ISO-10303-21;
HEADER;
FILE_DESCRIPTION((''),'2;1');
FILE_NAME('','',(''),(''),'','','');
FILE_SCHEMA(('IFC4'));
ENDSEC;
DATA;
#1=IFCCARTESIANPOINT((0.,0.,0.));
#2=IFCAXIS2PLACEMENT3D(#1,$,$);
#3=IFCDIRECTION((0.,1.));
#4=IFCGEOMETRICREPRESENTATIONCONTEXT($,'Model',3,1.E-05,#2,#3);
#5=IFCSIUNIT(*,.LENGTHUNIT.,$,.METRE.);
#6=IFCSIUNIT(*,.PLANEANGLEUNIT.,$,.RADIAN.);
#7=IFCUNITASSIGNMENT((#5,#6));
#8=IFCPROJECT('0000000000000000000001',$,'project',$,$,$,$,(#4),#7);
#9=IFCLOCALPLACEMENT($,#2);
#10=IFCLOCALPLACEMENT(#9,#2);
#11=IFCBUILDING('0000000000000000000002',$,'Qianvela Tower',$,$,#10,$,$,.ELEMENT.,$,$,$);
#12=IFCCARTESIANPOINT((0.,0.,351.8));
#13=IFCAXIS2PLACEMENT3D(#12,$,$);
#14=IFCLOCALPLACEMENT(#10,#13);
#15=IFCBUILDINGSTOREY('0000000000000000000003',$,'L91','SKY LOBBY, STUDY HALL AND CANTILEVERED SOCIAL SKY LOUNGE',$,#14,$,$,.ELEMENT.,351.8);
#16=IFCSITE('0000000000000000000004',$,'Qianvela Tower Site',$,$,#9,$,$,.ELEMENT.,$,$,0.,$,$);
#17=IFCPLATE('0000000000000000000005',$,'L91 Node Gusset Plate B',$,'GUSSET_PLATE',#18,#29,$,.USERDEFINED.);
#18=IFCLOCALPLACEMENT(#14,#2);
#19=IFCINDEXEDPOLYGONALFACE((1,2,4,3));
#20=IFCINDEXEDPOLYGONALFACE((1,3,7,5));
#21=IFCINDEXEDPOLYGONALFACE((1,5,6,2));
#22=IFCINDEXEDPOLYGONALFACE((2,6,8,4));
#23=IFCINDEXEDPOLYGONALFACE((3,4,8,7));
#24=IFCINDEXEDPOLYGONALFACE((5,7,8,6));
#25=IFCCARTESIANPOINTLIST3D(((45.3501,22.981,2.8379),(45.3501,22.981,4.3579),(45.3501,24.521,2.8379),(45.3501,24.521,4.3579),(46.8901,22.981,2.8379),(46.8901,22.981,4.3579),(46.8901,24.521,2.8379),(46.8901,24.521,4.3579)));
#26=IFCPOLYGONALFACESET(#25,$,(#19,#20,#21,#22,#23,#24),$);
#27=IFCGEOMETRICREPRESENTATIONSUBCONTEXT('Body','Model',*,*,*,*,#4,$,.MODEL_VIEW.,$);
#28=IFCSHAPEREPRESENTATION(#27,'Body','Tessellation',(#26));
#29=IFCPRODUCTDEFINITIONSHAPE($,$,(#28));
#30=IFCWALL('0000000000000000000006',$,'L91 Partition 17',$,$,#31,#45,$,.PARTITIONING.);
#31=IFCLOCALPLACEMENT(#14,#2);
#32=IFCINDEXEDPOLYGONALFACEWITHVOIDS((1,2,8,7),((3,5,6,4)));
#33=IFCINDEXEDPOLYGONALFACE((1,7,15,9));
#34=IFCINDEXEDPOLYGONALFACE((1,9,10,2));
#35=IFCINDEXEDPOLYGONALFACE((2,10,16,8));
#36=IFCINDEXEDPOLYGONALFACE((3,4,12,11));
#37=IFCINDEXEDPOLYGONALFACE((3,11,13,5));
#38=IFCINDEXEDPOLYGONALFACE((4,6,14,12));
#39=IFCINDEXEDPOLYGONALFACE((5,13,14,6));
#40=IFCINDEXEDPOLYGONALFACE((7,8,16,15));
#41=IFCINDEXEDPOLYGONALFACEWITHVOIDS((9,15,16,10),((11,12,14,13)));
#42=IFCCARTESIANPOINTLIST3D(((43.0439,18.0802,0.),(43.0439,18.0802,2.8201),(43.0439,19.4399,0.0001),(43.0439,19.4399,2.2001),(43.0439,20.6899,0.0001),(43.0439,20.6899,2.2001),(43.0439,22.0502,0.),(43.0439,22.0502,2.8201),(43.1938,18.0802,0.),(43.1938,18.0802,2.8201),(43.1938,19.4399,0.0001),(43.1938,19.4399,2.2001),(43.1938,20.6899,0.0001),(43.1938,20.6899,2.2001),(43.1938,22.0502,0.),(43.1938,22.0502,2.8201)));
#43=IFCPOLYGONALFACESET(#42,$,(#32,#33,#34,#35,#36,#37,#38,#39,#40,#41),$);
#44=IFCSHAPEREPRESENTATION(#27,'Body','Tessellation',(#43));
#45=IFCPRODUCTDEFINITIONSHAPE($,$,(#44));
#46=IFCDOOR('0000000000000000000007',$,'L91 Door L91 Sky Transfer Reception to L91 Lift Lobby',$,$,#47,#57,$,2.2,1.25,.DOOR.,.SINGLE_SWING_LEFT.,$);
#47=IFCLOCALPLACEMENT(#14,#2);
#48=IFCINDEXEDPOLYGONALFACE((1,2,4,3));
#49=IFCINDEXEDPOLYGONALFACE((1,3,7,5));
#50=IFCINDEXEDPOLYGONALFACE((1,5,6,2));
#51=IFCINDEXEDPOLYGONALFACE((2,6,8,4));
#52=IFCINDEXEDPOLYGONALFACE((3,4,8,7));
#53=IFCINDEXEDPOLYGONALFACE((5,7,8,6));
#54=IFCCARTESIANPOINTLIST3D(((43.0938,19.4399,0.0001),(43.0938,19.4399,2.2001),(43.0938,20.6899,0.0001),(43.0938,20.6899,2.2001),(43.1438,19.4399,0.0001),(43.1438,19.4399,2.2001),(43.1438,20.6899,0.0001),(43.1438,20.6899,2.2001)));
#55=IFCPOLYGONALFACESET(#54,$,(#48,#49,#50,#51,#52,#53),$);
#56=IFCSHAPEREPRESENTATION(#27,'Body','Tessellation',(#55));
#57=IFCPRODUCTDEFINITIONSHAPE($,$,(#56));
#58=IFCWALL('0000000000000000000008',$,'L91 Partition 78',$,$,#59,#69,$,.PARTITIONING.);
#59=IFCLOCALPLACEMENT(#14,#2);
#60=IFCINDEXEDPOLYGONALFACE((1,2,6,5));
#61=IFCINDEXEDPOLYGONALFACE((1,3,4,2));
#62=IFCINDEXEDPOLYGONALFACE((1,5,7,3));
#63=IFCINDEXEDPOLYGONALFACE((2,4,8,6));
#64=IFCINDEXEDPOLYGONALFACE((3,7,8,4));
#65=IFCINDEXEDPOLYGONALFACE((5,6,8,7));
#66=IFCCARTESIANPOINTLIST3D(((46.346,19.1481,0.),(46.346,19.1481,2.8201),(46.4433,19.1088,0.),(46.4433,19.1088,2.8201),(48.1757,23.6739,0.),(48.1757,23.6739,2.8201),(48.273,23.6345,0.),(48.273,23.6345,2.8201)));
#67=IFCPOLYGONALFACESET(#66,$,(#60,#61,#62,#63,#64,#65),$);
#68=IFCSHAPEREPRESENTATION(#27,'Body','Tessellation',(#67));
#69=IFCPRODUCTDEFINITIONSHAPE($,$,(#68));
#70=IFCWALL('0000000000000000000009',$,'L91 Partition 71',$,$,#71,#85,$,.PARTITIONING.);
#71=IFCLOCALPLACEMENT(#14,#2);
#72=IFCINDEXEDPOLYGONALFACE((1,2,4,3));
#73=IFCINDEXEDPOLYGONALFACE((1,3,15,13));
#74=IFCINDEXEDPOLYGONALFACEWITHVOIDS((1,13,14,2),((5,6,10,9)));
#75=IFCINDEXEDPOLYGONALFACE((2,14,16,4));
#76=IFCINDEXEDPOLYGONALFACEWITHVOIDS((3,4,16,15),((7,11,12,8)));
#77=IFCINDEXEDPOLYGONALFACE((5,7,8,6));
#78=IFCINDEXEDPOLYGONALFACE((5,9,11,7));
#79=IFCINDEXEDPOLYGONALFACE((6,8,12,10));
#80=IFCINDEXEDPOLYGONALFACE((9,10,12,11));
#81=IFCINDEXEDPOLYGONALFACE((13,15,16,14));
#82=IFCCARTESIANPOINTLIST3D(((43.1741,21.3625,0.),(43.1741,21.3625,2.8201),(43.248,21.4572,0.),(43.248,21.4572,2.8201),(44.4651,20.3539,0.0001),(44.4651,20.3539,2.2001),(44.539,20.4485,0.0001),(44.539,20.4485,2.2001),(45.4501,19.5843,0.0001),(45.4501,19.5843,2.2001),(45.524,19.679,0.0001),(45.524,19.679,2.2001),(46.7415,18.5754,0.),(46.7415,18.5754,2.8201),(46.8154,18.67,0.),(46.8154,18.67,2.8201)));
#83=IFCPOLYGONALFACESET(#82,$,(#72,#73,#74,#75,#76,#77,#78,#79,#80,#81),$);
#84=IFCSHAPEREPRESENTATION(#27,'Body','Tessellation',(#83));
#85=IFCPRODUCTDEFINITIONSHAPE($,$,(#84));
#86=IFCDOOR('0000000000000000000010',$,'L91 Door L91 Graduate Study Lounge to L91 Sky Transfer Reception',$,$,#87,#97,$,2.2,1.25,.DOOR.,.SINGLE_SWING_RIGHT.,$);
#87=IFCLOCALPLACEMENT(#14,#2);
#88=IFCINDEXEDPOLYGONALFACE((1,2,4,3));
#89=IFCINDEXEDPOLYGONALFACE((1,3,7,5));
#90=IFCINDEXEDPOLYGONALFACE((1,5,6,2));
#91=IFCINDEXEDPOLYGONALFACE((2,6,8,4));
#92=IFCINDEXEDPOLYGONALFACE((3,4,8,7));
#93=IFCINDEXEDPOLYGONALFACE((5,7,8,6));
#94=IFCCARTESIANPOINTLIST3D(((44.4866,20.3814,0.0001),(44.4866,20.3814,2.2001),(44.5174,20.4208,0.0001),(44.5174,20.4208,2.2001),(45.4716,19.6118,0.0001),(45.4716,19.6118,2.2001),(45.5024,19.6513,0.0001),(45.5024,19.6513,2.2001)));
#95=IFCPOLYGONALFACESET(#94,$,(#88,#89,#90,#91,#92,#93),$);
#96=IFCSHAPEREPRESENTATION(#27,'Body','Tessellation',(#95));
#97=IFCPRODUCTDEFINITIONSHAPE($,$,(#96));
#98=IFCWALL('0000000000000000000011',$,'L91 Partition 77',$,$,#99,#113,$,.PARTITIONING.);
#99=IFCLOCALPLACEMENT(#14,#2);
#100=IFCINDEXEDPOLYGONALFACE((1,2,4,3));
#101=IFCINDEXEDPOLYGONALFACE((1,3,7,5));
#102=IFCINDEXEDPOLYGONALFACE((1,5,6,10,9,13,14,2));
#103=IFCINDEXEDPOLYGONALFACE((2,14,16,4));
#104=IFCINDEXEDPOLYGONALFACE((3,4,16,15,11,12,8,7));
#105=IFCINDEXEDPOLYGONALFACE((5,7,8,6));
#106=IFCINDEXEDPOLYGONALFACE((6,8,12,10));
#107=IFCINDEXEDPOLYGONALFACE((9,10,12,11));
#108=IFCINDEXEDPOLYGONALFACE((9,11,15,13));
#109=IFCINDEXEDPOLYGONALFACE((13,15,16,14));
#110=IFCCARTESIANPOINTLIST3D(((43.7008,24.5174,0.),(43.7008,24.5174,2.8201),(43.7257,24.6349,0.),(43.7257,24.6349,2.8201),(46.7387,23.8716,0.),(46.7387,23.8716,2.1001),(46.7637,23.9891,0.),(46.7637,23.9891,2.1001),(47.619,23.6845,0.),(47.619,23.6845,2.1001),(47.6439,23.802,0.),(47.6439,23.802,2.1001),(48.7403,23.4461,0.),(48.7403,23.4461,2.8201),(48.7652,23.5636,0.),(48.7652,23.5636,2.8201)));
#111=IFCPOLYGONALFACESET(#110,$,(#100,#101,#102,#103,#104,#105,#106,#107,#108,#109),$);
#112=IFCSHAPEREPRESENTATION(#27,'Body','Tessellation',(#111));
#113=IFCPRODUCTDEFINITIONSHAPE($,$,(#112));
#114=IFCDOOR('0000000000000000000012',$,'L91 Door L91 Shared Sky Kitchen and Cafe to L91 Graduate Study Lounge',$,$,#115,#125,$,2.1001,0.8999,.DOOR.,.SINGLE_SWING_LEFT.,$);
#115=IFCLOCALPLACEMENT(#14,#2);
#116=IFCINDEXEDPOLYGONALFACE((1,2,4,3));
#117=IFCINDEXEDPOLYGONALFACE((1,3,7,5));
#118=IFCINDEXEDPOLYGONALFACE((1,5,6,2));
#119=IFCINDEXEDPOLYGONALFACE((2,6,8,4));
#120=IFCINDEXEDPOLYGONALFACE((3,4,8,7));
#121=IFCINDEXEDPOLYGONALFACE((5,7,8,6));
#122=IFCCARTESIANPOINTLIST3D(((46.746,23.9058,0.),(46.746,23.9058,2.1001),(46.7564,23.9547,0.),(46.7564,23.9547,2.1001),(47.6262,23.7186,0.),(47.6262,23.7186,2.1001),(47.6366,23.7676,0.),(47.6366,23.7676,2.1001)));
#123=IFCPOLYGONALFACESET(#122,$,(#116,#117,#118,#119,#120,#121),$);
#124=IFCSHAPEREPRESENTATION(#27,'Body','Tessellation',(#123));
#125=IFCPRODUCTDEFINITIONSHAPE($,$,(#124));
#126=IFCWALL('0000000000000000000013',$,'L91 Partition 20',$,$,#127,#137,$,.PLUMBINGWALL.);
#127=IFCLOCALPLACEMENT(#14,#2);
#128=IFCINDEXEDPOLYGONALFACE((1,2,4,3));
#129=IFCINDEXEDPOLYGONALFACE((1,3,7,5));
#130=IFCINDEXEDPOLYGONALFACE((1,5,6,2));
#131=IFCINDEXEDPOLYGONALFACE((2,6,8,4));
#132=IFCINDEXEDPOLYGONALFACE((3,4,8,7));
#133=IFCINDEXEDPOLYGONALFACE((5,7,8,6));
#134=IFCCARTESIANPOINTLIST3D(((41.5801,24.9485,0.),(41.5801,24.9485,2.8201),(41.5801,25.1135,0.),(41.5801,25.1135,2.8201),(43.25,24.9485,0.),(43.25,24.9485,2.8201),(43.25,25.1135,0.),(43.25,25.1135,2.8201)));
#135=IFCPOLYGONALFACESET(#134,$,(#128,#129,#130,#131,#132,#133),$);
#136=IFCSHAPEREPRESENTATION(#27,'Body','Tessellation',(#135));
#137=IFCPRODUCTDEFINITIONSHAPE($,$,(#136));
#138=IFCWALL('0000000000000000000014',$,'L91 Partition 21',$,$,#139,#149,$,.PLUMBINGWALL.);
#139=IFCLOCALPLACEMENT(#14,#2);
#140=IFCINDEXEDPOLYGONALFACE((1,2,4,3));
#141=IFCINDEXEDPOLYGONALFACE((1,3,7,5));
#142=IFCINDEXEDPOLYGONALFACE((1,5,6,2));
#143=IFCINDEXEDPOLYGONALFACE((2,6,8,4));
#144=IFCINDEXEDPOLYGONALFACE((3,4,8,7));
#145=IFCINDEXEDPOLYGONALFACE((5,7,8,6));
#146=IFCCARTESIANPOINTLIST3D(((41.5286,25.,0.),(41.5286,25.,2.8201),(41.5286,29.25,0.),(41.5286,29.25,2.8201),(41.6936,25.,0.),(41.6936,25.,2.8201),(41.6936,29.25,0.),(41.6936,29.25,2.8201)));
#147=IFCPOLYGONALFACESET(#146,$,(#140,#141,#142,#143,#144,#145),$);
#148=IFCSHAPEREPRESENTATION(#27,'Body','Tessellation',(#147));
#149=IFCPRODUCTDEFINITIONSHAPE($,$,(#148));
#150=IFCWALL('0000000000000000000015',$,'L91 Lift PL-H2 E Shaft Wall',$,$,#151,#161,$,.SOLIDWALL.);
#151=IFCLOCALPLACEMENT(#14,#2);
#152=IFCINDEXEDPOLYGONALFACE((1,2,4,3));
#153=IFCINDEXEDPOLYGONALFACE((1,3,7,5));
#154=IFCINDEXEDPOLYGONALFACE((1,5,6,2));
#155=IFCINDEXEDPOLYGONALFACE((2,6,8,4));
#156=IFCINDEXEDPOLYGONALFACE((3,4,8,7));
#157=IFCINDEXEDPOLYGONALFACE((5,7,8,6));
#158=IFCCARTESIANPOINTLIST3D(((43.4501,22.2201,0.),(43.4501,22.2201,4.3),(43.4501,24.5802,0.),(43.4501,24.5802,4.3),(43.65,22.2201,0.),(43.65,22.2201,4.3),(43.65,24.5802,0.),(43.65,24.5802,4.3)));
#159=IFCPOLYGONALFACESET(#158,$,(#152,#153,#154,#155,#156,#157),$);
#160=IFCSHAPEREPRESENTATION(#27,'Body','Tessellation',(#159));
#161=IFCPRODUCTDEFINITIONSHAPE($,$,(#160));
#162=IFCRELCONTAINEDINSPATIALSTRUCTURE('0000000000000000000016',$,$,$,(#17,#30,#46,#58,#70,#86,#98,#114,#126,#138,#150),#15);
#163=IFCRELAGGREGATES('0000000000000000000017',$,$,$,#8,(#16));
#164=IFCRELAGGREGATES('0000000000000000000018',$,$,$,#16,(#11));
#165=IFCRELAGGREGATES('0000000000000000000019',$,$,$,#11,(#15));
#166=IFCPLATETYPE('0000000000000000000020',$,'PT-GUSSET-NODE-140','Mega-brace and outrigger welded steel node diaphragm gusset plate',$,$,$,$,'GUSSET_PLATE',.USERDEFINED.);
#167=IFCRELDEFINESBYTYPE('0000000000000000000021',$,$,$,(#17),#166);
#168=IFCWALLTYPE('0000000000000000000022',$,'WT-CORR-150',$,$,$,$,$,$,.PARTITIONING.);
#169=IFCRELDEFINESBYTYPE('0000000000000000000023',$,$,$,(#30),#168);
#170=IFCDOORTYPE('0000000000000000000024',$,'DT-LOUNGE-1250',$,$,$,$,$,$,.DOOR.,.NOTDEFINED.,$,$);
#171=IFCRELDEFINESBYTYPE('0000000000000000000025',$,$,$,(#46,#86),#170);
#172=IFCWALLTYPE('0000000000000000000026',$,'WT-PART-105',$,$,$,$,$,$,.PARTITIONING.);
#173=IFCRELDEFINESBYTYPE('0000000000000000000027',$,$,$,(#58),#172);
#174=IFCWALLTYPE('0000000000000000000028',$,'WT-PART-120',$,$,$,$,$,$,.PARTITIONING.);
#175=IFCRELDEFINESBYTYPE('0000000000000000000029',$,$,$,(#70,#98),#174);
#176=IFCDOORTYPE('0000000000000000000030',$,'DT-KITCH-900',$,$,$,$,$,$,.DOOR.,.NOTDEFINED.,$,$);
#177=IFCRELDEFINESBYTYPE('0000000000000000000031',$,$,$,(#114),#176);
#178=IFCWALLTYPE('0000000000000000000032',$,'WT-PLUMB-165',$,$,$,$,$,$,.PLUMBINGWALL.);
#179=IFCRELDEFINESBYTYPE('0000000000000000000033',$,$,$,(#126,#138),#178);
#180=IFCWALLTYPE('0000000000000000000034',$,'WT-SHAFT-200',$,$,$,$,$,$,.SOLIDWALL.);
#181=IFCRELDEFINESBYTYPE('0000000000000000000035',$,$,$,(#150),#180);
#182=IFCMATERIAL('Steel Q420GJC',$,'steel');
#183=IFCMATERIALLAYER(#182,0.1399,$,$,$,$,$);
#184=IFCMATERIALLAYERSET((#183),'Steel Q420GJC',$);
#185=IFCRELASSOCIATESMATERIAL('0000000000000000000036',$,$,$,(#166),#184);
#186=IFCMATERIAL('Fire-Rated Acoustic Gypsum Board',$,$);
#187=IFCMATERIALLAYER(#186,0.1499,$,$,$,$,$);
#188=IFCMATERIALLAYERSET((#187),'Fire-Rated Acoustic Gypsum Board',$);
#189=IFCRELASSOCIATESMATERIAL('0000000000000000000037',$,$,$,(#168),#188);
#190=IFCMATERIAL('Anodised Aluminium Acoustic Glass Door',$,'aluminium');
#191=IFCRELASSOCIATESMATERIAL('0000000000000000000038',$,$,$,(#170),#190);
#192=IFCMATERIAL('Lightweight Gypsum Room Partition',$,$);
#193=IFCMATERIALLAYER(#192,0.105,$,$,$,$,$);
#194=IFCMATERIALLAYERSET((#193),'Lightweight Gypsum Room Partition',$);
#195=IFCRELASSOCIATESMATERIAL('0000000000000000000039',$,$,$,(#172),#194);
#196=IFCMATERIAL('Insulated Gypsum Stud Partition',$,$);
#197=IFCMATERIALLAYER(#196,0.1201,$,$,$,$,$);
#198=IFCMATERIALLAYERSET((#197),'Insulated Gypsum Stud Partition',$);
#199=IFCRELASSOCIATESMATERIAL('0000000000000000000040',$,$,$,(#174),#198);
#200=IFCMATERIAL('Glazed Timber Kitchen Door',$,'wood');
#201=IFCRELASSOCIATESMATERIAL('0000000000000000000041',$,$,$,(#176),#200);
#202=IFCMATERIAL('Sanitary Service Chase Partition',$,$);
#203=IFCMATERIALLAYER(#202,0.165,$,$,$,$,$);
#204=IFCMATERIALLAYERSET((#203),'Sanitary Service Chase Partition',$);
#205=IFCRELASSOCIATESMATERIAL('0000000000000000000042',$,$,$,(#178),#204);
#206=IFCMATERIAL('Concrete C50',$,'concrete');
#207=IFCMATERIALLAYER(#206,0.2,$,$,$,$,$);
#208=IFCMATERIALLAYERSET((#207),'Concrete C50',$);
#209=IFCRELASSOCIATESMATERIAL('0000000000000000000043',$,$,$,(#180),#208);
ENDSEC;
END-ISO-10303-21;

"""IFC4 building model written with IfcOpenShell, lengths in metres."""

from ifc_helpers import new_model, si_unit, direction, frame, frame_2d, origin, origin_2d, place, context, subcontext, project, spatial, rectangle, extrude, material, layer, layer_set, type_object, element, fill, save


model = new_model("IFC4")

# Units and contexts
model_context = context("Model", 3, precision=1e-05, world=origin(), true_north=direction((0.0, 1.0)))
body_context = subcontext(model_context, "Body", "Model", "MODEL_VIEW")
ifc_project = project(units=[si_unit("LENGTHUNIT", "METRE"), si_unit("PLANEANGLEUNIT", "RADIAN")], contexts=[model_context])

# Site, building, storey
site_placement = place(None, origin())
site = spatial("IfcSite", under=ifc_project, at=site_placement, Name="Qianvela Tower Site", CompositionType="ELEMENT", RefElevation=0.0)
building_placement = place(site_placement, origin())
building = spatial("IfcBuilding", under=site, at=building_placement, Name="Qianvela Tower", CompositionType="ELEMENT")
storey_placement = place(building_placement, frame((0.0, 0.0, 351.8)))
storey = spatial("IfcBuildingStorey", under=building, at=storey_placement, Name="L91", Description="SKY LOBBY, STUDY HALL AND CANTILEVERED SOCIAL SKY LOUNGE", CompositionType="ELEMENT", Elevation=351.8)

# Plate
ifc_material_1 = material(Name="Steel Q420GJC", Category="steel")
ifc_layer_1 = layer(ifc_material_1, 0.1399)
ifc_layer_set_1 = layer_set([ifc_layer_1], Name="Steel Q420GJC")
plate_type_1 = type_object("IfcPlateType", Name="PT-GUSSET-NODE-140", Description="Mega-brace and outrigger welded steel node diaphragm gusset plate", ElementType="GUSSET_PLATE", PredefinedType="USERDEFINED", material=ifc_layer_set_1)
plate_1_placement = place(storey_placement, frame((46.1201, 23.751, 2.8379), z_axis=(0.0, 0.0, 1.0), x_axis=(1.0, 0.0, 0.0)))
element("IfcPlate", 1, at=plate_1_placement, inside=storey, type_object=plate_type_1, Name="L91 Node Gusset Plate B", ObjectType="GUSSET_PLATE", PredefinedType="USERDEFINED", context=body_context, shape_type="SweptSolid", body=[
    extrude(rectangle(XDim=1.54, YDim=1.54, at=origin_2d()), origin(), (0.0, 0.0, 1.0), 1.52),
])

# Wall, opening, door
ifc_material_2 = material(Name="Fire-Rated Acoustic Gypsum Board")
ifc_layer_2 = layer(ifc_material_2, 0.1499)
ifc_layer_set_2 = layer_set([ifc_layer_2], Name="Fire-Rated Acoustic Gypsum Board")
wall_type_1 = type_object("IfcWallType", Name="WT-CORR-150", PredefinedType="PARTITIONING", material=ifc_layer_set_2)
wall_1_placement = place(storey_placement, frame((43.1189, 22.05, 0.0), z_axis=(0.0, 0.0, 1.0), x_axis=(0.0, -1.0, 0.0)))
wall_1 = element("IfcWall", 2, at=wall_1_placement, inside=storey, type_object=wall_type_1, Name="L91 Partition 17", PredefinedType="PARTITIONING", context=body_context, shape_type="SweptSolid", body=[
    extrude(rectangle(XDim=3.97, YDim=0.1499, at=frame_2d((1.9849, 0.0))), origin(), (0.0, 0.0, 1.0), 2.8201),
])
opening_1_placement = place(wall_1_placement, frame((1.3601, 0.0, 0.0)))
opening_1 = element("IfcOpeningElement", 3, at=opening_1_placement, cuts=wall_1, PredefinedType="OPENING", context=body_context, shape_type="SweptSolid", body=[
    extrude(rectangle(XDim=1.25, YDim=2.2, at=frame_2d((0.625, 1.1001))), frame((0.0, 0.085, 0.0), z_axis=(0.0, -1.0, 0.0), x_axis=(1.0, 0.0, 0.0)), (0.0, 0.0, 1.0), 0.1699),
])
ifc_material_3 = material(Name="Anodised Aluminium Acoustic Glass Door", Category="aluminium")
door_type_1 = type_object("IfcDoorType", Name="DT-LOUNGE-1250", OperationType="NOTDEFINED", PredefinedType="DOOR", material=ifc_material_3)
door_1_placement = place(opening_1_placement, origin())
door_1 = element("IfcDoor", 4, at=door_1_placement, inside=storey, type_object=door_type_1, Name="L91 Door L91 Sky Transfer Reception to L91 Lift Lobby", OperationType="SINGLE_SWING_LEFT", OverallHeight=2.2, OverallWidth=1.25, PredefinedType="DOOR", context=body_context, shape_type="SweptSolid", body=[
    extrude(rectangle(XDim=1.25, YDim=2.2, at=frame_2d((0.625, 1.1001))), frame((0.0, 0.0249, 0.0), z_axis=(0.0, -1.0, 0.0), x_axis=(1.0, 0.0, 0.0)), (0.0, 0.0, 1.0), 0.05),
])
fill(opening_1, door_1)

# Wall
ifc_material_4 = material(Name="Lightweight Gypsum Room Partition")
ifc_layer_3 = layer(ifc_material_4, 0.105)
ifc_layer_set_3 = layer_set([ifc_layer_3], Name="Lightweight Gypsum Room Partition")
wall_type_2 = type_object("IfcWallType", Name="WT-PART-105", PredefinedType="PARTITIONING", material=ifc_layer_set_3)
wall_2_placement = place(storey_placement, frame((48.2244, 23.6543, 0.0), z_axis=(0.0, 0.0, 1.0), x_axis=(-0.374803, -0.927105, 0.0)))
element("IfcWall", 5, at=wall_2_placement, inside=storey, type_object=wall_type_2, Name="L91 Partition 78", PredefinedType="PARTITIONING", context=body_context, shape_type="SweptSolid", body=[
    extrude(rectangle(XDim=4.8816, YDim=0.105, at=frame_2d((2.4409, 0.0))), origin(), (0.0, 0.0, 1.0), 2.8201),
])

# Walls, openings, doors
ifc_material_5 = material(Name="Insulated Gypsum Stud Partition")
ifc_layer_4 = layer(ifc_material_5, 0.1201)
ifc_layer_set_4 = layer_set([ifc_layer_4], Name="Insulated Gypsum Stud Partition")
wall_type_3 = type_object("IfcWallType", Name="WT-PART-120", PredefinedType="PARTITIONING", material=ifc_layer_set_4)
wall_3_placement = place(storey_placement, frame((43.2109, 21.4099, 0.0), z_axis=(0.0, 0.0, 1.0), x_axis=(0.788015, -0.615657, 0.0)))
wall_3 = element("IfcWall", 6, at=wall_3_placement, inside=storey, type_object=wall_type_3, Name="L91 Partition 71", PredefinedType="PARTITIONING", context=body_context, shape_type="SweptSolid", body=[
    extrude(rectangle(XDim=4.5271, YDim=0.1201, at=frame_2d((2.2637, 0.0))), origin(), (0.0, 0.0, 1.0), 2.8201),
])
opening_2_placement = place(wall_3_placement, frame((1.6384, 0.0, 0.0)))
opening_2 = element("IfcOpeningElement", 7, at=opening_2_placement, cuts=wall_3, PredefinedType="OPENING", context=body_context, shape_type="SweptSolid", body=[
    extrude(rectangle(XDim=1.25, YDim=2.2, at=frame_2d((0.625, 1.1001))), frame((0.0, 0.0701, 0.0), z_axis=(0.0, -1.0, 0.0), x_axis=(1.0, 0.0, 0.0)), (0.0, 0.0, 1.0), 0.1401),
])
door_2_placement = place(opening_2_placement, origin())
door_2 = element("IfcDoor", 8, at=door_2_placement, inside=storey, type_object=door_type_1, Name="L91 Door L91 Graduate Study Lounge to L91 Sky Transfer Reception", OperationType="SINGLE_SWING_RIGHT", OverallHeight=2.2, OverallWidth=1.25, PredefinedType="DOOR", context=body_context, shape_type="SweptSolid", body=[
    extrude(rectangle(XDim=1.25, YDim=2.2, at=frame_2d((0.625, 1.1001))), frame((0.0, 0.0249, 0.0), z_axis=(0.0, -1.0, 0.0), x_axis=(1.0, 0.0, 0.0)), (0.0, 0.0, 1.0), 0.05),
])
fill(opening_2, door_2)
wall_4_placement = place(storey_placement, frame((43.7131, 24.5762, 0.0), z_axis=(0.0, 0.0, 1.0), x_axis=(0.978144, -0.20793, 0.0)))
wall_4 = element("IfcWall", 9, at=wall_4_placement, inside=storey, type_object=wall_type_3, Name="L91 Partition 77", PredefinedType="PARTITIONING", context=body_context, shape_type="SweptSolid", body=[
    extrude(rectangle(XDim=5.1521, YDim=0.1201, at=frame_2d((2.5762, 0.0))), origin(), (0.0, 0.0, 1.0), 2.8201),
])
opening_3_placement = place(wall_4_placement, frame((3.106, 0.0, 0.0)))
opening_3 = element("IfcOpeningElement", 10, at=opening_3_placement, cuts=wall_4, PredefinedType="OPENING", context=body_context, shape_type="SweptSolid", body=[
    extrude(rectangle(XDim=0.8999, YDim=2.1001, at=frame_2d((0.45, 1.05))), frame((0.0, 0.0701, 0.0), z_axis=(0.0, -1.0, 0.0), x_axis=(1.0, 0.0, 0.0)), (0.0, 0.0, 1.0), 0.1401),
])
ifc_material_6 = material(Name="Glazed Timber Kitchen Door", Category="wood")
door_type_2 = type_object("IfcDoorType", Name="DT-KITCH-900", OperationType="NOTDEFINED", PredefinedType="DOOR", material=ifc_material_6)
door_3_placement = place(opening_3_placement, origin())
door_3 = element("IfcDoor", 11, at=door_3_placement, inside=storey, type_object=door_type_2, Name="L91 Door L91 Shared Sky Kitchen and Cafe to L91 Graduate Study Lounge", OperationType="SINGLE_SWING_LEFT", OverallHeight=2.1001, OverallWidth=0.8999, PredefinedType="DOOR", context=body_context, shape_type="SweptSolid", body=[
    extrude(rectangle(XDim=0.8999, YDim=2.1001, at=frame_2d((0.45, 1.05))), frame((0.0, 0.0249, 0.0), z_axis=(0.0, -1.0, 0.0), x_axis=(1.0, 0.0, 0.0)), (0.0, 0.0, 1.0), 0.05),
])
fill(opening_3, door_3)

# Walls
ifc_material_7 = material(Name="Sanitary Service Chase Partition")
ifc_layer_5 = layer(ifc_material_7, 0.165)
ifc_layer_set_5 = layer_set([ifc_layer_5], Name="Sanitary Service Chase Partition")
wall_type_4 = type_object("IfcWallType", Name="WT-PLUMB-165", PredefinedType="PLUMBINGWALL", material=ifc_layer_set_5)
wall_5_placement = place(storey_placement, frame((43.25, 25.031, 0.0), z_axis=(0.0, 0.0, 1.0), x_axis=(-1.0, 0.0, 0.0)))
element("IfcWall", 12, at=wall_5_placement, inside=storey, type_object=wall_type_4, Name="L91 Partition 20", PredefinedType="PLUMBINGWALL", context=body_context, shape_type="SweptSolid", body=[
    extrude(rectangle(XDim=1.6699, YDim=0.165, at=frame_2d((0.835, 0.0))), origin(), (0.0, 0.0, 1.0), 2.8201),
])
wall_6_placement = place(storey_placement, frame((41.6111, 25.0, 0.0), z_axis=(0.0, 0.0, 1.0), x_axis=(0.0, 1.0, 0.0)))
element("IfcWall", 13, at=wall_6_placement, inside=storey, type_object=wall_type_4, Name="L91 Partition 21", PredefinedType="PLUMBINGWALL", context=body_context, shape_type="SweptSolid", body=[
    extrude(rectangle(XDim=4.25, YDim=0.165, at=frame_2d((2.125, 0.0))), origin(), (0.0, 0.0, 1.0), 2.8201),
])
ifc_material_8 = material(Name="Concrete C50", Category="concrete")
ifc_layer_6 = layer(ifc_material_8, 0.2)
ifc_layer_set_6 = layer_set([ifc_layer_6], Name="Concrete C50")
wall_type_5 = type_object("IfcWallType", Name="WT-SHAFT-200", PredefinedType="SOLIDWALL", material=ifc_layer_set_6)
wall_7_placement = place(storey_placement, frame((43.55, 22.22, 0.0), z_axis=(0.0, 0.0, 1.0), x_axis=(0.0, 1.0, 0.0)))
element("IfcWall", 14, at=wall_7_placement, inside=storey, type_object=wall_type_5, Name="L91 Lift PL-H2 E Shaft Wall", PredefinedType="SOLIDWALL", context=body_context, shape_type="SweptSolid", body=[
    extrude(rectangle(XDim=2.3601, YDim=0.2, at=frame_2d((1.1802, 0.0))), origin(), (0.0, 0.0, 1.0), 4.3),
])

save(model, "model.ifc")
